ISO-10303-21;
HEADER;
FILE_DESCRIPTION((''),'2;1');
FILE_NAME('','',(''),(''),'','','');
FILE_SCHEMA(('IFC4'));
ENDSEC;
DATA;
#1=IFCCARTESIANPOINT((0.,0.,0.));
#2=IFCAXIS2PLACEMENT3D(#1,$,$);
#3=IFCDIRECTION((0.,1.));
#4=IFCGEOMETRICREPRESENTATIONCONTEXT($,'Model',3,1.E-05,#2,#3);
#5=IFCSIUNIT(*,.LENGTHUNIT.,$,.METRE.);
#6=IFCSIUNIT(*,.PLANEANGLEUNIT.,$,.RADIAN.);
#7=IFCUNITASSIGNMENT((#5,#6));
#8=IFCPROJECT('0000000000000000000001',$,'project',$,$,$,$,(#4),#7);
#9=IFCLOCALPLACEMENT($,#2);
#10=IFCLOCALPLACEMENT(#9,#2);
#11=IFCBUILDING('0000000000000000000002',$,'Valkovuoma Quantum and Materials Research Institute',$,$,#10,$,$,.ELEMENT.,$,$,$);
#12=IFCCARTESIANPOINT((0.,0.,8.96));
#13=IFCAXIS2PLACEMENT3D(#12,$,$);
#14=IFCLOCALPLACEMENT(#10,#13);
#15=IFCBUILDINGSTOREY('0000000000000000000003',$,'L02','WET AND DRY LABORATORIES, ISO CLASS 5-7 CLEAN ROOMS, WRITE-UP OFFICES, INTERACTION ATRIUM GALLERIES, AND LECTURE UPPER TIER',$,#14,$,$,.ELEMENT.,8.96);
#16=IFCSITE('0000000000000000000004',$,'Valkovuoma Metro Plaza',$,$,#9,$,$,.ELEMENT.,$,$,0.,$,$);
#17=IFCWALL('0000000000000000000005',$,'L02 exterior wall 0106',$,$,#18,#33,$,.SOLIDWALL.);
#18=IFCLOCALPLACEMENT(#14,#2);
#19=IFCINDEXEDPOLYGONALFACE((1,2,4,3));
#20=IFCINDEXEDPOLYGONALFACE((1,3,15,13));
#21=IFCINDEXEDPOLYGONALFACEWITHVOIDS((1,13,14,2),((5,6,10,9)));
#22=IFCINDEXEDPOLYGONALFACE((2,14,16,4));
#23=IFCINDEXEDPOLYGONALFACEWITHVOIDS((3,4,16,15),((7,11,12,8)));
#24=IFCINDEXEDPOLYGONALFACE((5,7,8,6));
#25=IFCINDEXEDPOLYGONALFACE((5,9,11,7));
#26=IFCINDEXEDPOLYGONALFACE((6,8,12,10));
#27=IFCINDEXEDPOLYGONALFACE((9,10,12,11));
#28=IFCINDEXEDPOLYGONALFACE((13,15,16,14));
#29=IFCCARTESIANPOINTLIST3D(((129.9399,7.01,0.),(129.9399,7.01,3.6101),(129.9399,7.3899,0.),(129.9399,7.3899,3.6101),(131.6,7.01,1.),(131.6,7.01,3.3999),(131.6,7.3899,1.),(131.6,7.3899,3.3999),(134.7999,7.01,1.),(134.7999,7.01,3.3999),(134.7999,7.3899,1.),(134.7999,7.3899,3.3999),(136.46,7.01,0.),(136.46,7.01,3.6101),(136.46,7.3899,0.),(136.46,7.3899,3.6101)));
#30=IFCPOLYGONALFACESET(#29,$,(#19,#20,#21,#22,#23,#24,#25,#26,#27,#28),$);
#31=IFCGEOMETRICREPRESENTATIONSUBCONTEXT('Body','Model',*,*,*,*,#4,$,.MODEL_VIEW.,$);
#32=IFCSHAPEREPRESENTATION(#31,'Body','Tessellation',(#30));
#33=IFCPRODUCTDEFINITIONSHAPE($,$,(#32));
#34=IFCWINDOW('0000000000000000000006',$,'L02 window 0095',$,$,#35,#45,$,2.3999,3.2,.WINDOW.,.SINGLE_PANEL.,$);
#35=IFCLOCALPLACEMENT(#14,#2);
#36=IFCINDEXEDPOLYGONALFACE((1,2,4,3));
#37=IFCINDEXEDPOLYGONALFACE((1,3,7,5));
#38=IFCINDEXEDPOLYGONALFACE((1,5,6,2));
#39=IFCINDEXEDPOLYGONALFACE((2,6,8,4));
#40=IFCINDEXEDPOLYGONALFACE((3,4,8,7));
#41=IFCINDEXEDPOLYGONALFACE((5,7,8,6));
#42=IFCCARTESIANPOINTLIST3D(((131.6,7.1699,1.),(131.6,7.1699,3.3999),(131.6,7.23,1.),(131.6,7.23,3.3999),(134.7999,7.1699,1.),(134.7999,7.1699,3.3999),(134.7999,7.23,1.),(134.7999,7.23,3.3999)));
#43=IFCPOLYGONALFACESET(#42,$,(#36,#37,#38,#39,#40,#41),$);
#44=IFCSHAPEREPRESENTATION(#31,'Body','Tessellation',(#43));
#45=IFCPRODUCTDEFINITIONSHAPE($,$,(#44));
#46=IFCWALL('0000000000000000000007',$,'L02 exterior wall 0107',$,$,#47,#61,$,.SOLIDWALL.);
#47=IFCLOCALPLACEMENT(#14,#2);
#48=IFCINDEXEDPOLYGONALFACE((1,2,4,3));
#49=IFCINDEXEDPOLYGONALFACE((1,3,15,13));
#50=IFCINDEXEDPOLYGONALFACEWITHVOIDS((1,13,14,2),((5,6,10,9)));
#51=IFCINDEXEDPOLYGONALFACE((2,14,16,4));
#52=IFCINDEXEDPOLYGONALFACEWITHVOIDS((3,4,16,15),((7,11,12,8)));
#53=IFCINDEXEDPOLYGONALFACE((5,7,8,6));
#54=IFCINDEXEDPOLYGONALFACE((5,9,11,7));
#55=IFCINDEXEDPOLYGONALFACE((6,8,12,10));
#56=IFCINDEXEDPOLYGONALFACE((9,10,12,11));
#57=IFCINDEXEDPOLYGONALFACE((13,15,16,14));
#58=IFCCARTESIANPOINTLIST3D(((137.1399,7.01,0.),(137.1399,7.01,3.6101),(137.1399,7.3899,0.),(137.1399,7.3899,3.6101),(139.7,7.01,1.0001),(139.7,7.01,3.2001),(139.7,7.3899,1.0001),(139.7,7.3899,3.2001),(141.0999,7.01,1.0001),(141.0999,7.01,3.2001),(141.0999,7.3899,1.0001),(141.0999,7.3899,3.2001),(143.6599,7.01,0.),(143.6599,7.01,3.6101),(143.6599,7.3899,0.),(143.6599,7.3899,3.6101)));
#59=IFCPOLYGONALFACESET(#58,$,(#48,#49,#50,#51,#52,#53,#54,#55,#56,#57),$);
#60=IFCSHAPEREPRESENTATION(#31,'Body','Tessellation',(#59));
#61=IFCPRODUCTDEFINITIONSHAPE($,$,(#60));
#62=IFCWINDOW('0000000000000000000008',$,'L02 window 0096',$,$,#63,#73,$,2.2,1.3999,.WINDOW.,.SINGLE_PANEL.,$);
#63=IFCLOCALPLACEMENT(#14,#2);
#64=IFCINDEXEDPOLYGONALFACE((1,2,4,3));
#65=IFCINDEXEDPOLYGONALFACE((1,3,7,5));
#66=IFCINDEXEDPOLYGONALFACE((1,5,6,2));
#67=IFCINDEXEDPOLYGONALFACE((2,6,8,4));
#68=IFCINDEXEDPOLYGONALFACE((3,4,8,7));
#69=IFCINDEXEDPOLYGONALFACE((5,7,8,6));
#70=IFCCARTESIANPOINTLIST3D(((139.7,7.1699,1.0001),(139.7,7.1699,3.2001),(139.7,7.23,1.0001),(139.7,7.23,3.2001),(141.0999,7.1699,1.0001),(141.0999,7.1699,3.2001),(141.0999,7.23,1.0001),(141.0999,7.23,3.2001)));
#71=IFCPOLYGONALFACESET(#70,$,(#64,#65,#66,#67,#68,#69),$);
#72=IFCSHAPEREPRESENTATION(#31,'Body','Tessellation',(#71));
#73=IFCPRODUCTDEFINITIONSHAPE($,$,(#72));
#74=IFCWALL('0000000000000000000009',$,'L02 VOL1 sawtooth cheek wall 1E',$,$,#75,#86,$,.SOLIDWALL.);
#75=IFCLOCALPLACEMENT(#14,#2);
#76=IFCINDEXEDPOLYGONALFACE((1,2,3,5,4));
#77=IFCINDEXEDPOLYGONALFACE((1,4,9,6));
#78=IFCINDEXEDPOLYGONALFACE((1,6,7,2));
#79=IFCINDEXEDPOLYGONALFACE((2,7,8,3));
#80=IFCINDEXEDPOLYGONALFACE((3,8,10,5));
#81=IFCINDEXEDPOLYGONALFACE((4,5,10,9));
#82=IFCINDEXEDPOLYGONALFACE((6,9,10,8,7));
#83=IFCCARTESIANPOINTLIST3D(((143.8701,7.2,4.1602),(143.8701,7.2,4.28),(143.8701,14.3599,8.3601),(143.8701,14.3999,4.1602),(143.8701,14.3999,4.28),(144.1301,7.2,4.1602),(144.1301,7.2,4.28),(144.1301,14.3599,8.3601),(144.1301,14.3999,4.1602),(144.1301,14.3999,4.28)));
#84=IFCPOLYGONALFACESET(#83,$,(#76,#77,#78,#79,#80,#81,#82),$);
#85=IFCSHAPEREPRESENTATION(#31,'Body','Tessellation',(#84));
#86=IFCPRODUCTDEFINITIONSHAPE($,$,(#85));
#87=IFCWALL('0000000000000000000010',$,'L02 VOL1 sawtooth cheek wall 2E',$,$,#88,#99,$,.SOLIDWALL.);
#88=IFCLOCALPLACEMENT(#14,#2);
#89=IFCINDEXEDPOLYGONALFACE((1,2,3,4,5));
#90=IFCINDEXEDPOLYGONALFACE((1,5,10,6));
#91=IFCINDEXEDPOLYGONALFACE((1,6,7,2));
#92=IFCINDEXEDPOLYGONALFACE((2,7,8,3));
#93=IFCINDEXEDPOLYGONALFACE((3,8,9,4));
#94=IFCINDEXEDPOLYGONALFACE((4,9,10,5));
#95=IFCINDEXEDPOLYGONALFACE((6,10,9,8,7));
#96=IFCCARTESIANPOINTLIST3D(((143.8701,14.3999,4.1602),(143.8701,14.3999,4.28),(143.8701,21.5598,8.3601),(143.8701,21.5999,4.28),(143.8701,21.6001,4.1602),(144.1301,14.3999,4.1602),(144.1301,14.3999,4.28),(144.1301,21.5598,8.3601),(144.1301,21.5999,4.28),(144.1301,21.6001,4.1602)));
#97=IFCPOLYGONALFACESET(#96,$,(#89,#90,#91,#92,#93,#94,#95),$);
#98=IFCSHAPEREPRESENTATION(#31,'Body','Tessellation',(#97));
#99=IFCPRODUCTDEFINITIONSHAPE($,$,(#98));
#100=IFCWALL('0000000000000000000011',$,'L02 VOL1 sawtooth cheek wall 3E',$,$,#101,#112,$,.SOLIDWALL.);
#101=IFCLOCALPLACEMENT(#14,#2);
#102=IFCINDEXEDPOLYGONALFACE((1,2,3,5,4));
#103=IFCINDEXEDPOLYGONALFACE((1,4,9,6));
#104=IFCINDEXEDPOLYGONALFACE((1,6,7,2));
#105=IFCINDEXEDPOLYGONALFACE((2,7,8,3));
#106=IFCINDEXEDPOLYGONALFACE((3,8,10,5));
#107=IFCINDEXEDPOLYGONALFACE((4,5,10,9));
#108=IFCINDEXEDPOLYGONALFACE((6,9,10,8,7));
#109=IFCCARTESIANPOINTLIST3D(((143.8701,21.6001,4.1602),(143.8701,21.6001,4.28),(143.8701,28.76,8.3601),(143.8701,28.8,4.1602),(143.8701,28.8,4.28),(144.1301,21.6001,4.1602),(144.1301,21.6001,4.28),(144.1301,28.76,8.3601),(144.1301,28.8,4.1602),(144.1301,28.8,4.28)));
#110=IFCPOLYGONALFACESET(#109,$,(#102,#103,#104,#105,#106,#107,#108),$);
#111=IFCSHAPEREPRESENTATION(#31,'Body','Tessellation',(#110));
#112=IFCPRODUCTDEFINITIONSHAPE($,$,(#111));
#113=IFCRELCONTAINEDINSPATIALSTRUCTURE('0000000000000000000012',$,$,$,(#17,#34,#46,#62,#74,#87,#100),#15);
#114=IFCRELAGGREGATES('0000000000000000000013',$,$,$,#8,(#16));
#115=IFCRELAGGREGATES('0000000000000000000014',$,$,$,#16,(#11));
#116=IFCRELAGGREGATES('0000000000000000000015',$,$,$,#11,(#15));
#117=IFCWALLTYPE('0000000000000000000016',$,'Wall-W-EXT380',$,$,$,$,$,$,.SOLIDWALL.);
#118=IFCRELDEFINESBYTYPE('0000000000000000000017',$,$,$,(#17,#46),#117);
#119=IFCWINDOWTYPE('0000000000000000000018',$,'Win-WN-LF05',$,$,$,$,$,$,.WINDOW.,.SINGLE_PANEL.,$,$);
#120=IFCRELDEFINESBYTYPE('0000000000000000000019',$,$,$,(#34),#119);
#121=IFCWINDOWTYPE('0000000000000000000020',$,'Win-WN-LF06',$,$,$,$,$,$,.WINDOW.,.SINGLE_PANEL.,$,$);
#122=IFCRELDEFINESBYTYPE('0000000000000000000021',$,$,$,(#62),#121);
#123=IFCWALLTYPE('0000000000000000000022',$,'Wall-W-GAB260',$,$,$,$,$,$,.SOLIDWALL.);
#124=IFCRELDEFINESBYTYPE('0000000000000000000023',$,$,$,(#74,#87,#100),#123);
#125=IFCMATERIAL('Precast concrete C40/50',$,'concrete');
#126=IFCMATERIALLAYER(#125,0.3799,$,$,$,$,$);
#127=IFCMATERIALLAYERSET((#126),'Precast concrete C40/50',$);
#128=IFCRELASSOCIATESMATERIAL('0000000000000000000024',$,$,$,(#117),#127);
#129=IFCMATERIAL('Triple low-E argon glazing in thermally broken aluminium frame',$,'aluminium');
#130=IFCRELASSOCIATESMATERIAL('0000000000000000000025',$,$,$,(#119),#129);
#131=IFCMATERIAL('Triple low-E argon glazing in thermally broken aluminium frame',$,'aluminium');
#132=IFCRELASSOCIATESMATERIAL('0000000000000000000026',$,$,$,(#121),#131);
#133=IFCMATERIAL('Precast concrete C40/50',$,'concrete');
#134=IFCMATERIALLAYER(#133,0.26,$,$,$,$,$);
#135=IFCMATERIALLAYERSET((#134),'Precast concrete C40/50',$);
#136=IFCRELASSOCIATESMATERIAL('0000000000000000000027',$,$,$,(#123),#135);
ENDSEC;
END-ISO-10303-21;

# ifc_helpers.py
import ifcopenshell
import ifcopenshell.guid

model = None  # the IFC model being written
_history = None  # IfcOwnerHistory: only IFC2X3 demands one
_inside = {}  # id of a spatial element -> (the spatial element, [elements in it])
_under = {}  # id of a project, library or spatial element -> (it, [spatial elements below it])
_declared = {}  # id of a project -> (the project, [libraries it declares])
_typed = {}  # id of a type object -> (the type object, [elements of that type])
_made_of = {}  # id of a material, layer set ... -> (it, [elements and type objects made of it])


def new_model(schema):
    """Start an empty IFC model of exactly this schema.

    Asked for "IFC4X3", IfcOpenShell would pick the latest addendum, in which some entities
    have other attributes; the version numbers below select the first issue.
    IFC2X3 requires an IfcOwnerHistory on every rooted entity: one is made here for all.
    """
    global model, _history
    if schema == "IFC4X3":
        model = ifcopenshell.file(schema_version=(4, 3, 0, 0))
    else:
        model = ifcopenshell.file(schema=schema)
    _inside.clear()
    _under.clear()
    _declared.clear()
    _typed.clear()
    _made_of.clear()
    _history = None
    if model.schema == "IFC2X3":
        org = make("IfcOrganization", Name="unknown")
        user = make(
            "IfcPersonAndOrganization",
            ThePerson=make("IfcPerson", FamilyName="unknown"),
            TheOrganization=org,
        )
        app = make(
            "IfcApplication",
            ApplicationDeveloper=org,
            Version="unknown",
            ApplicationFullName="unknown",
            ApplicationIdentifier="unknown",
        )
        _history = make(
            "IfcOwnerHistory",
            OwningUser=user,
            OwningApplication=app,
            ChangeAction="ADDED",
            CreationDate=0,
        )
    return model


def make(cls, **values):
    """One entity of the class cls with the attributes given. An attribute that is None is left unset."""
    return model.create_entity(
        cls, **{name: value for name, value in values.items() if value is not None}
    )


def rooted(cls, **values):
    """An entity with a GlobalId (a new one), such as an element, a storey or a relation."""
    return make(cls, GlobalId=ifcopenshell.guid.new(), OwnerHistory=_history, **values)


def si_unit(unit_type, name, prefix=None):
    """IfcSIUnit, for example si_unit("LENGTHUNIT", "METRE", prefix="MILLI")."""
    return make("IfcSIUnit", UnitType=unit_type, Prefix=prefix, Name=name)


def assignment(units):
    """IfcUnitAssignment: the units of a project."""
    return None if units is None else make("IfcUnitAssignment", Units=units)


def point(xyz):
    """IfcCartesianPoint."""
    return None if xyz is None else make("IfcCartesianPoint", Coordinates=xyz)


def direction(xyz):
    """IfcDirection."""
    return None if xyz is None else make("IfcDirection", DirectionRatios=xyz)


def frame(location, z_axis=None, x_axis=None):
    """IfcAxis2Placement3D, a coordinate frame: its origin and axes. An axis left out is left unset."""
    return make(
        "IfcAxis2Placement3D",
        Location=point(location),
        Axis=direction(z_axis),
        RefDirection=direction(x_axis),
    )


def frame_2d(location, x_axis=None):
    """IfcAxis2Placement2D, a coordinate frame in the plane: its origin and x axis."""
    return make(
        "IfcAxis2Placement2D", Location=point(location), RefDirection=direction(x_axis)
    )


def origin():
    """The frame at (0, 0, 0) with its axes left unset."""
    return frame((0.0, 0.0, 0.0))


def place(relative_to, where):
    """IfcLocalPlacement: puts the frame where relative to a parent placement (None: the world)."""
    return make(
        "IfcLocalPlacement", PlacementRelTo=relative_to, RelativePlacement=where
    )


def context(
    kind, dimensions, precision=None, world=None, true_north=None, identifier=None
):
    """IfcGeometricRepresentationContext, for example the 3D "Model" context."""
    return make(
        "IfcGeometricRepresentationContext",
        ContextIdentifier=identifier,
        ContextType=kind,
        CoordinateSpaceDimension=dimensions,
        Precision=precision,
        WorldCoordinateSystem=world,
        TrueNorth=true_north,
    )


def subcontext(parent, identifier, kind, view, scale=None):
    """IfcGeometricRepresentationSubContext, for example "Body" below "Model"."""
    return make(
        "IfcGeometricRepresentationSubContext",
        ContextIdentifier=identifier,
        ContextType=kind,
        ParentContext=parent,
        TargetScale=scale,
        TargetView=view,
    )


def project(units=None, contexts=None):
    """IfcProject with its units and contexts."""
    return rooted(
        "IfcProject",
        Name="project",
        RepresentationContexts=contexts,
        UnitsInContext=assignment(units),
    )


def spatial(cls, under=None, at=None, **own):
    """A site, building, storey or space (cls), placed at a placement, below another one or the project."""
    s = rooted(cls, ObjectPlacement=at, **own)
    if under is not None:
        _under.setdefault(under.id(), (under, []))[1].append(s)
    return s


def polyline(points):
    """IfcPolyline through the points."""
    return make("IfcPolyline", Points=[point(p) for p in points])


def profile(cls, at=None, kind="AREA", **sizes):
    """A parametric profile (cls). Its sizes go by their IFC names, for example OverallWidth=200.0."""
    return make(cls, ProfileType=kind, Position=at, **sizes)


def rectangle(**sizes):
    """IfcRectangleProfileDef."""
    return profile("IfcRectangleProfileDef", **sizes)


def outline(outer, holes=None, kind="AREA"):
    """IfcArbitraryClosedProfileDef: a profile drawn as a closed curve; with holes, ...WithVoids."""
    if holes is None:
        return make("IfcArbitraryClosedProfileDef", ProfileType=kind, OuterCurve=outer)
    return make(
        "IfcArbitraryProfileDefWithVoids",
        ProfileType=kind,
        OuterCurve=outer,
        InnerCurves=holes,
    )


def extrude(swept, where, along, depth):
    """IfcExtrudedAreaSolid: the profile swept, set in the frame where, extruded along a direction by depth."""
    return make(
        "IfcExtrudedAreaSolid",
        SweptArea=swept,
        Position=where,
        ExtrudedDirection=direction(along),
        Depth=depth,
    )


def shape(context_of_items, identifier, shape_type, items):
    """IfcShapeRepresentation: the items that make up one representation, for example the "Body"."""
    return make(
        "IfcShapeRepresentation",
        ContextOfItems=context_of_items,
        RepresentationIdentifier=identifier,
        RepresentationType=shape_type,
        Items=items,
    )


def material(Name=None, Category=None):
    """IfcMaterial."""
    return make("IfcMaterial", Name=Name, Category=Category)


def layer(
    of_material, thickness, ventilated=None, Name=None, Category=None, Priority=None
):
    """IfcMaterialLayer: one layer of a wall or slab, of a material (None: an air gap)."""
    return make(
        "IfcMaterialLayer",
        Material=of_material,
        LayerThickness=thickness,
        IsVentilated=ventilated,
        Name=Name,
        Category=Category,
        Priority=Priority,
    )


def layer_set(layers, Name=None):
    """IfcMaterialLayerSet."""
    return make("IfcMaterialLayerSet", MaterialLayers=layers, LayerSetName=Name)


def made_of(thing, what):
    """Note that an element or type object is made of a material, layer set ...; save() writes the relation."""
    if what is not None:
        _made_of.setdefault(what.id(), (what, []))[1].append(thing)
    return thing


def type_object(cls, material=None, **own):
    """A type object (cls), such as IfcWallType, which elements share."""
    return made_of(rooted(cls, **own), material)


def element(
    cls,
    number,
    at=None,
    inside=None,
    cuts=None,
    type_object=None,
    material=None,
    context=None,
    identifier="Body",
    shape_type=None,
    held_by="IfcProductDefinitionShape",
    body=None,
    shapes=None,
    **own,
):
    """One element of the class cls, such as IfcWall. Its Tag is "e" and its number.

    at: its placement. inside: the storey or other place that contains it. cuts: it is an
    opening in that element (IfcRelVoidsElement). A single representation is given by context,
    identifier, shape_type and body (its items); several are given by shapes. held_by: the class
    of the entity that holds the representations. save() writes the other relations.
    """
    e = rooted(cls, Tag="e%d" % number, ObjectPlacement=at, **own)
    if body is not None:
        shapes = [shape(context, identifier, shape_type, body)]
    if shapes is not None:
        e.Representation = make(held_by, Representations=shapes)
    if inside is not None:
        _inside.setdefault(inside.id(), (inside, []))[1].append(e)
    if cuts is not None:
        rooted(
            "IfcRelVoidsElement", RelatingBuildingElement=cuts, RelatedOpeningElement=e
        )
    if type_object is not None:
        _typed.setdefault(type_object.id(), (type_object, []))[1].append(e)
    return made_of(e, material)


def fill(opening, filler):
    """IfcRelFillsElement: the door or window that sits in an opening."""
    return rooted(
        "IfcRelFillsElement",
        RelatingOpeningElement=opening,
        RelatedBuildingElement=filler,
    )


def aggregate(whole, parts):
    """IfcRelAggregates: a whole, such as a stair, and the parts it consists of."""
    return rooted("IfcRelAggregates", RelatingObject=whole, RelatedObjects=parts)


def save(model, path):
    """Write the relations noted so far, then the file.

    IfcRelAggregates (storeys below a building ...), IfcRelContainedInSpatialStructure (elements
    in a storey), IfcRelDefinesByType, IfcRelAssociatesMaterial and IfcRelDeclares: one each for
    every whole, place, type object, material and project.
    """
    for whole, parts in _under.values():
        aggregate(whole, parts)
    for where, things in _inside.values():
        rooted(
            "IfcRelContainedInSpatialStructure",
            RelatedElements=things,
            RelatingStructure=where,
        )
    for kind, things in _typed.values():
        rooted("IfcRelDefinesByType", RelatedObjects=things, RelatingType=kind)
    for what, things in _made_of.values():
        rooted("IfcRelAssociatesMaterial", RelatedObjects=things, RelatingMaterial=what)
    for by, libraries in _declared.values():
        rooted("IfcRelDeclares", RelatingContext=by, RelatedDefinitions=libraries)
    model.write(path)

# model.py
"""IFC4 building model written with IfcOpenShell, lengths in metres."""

from ifc_helpers import new_model, si_unit, direction, frame, frame_2d, origin, place, context, subcontext, project, spatial, polyline, rectangle, outline, extrude, material, layer, layer_set, type_object, element, fill, save


model = new_model("IFC4")

# Units and contexts
model_context = context("Model", 3, precision=1e-05, world=origin(), true_north=direction((0.0, 1.0)))
body_context = subcontext(model_context, "Body", "Model", "MODEL_VIEW")
ifc_project = project(units=[si_unit("LENGTHUNIT", "METRE"), si_unit("PLANEANGLEUNIT", "RADIAN")], contexts=[model_context])

# Site, building, storey
site_placement = place(None, origin())
site = spatial("IfcSite", under=ifc_project, at=site_placement, Name="Valkovuoma Metro Plaza", CompositionType="ELEMENT", RefElevation=0.0)
building_placement = place(site_placement, origin())
building = spatial("IfcBuilding", under=site, at=building_placement, Name="Valkovuoma Quantum and Materials Research Institute", CompositionType="ELEMENT")
storey_placement = place(building_placement, frame((0.0, 0.0, 8.96)))
storey = spatial("IfcBuildingStorey", under=building, at=storey_placement, Name="L02", Description="WET AND DRY LABORATORIES, ISO CLASS 5-7 CLEAN ROOMS, WRITE-UP OFFICES, INTERACTION ATRIUM GALLERIES, AND LECTURE UPPER TIER", CompositionType="ELEMENT", Elevation=8.96)

# Walls, openings, windows
ifc_material_1 = material(Name="Precast concrete C40/50", Category="concrete")
ifc_layer_1 = layer(ifc_material_1, 0.3799)
ifc_layer_set_1 = layer_set([ifc_layer_1], Name="Precast concrete C40/50")
wall_type_1 = type_object("IfcWallType", Name="Wall-W-EXT380", PredefinedType="SOLIDWALL", material=ifc_layer_set_1)
wall_1_placement = place(storey_placement, frame((129.9399, 7.2, 0.0), z_axis=(0.0, 0.0, 1.0), x_axis=(1.0, 0.0, 0.0)))
wall_1 = element("IfcWall", 1, at=wall_1_placement, inside=storey, type_object=wall_type_1, Name="L02 exterior wall 0106", PredefinedType="SOLIDWALL", context=body_context, shape_type="SweptSolid", body=[
    extrude(rectangle(XDim=6.52, YDim=0.3799, at=frame_2d((3.26, 0.0))), origin(), (0.0, 0.0, 1.0), 3.6101),
])
opening_1_placement = place(wall_1_placement, frame((1.6599, 0.0, 1.0)))
opening_1 = element("IfcOpeningElement", 2, at=opening_1_placement, cuts=wall_1, PredefinedType="OPENING", context=body_context, shape_type="SweptSolid", body=[
    extrude(rectangle(XDim=3.2, YDim=2.3999, at=frame_2d((1.6001, 1.2))), frame((0.0, 0.2, 0.0), z_axis=(0.0, -1.0, 0.0), x_axis=(1.0, 0.0, 0.0)), (0.0, 0.0, 1.0), 0.3999),
])
ifc_material_2 = material(Name="Triple low-E argon glazing in thermally broken aluminium frame", Category="aluminium")
window_type_1 = type_object("IfcWindowType", Name="Win-WN-LF05", PartitioningType="SINGLE_PANEL", PredefinedType="WINDOW", material=ifc_material_2)
window_1_placement = place(opening_1_placement, origin())
window_1 = element("IfcWindow", 3, at=window_1_placement, inside=storey, type_object=window_type_1, Name="L02 window 0095", OverallHeight=2.3999, OverallWidth=3.2, PartitioningType="SINGLE_PANEL", PredefinedType="WINDOW", context=body_context, shape_type="SweptSolid", body=[
    extrude(rectangle(XDim=3.2, YDim=2.3999, at=frame_2d((1.6001, 1.2))), frame((0.0, 0.03, 0.0), z_axis=(0.0, -1.0, 0.0), x_axis=(1.0, 0.0, 0.0)), (0.0, 0.0, 1.0), 0.0601),
])
fill(opening_1, window_1)
wall_2_placement = place(storey_placement, frame((137.1399, 7.2, 0.0), z_axis=(0.0, 0.0, 1.0), x_axis=(1.0, 0.0, 0.0)))
wall_2 = element("IfcWall", 4, at=wall_2_placement, inside=storey, type_object=wall_type_1, Name="L02 exterior wall 0107", PredefinedType="SOLIDWALL", context=body_context, shape_type="SweptSolid", body=[
    extrude(rectangle(XDim=6.52, YDim=0.3799, at=frame_2d((3.26, 0.0))), origin(), (0.0, 0.0, 1.0), 3.6101),
])
opening_2_placement = place(wall_2_placement, frame((2.5601, 0.0, 1.0)))
opening_2 = element("IfcOpeningElement", 5, at=opening_2_placement, cuts=wall_2, PredefinedType="OPENING", context=body_context, shape_type="SweptSolid", body=[
    extrude(rectangle(XDim=1.3999, YDim=2.2, at=frame_2d((0.7, 1.1001))), frame((0.0, 0.2, 0.0), z_axis=(0.0, -1.0, 0.0), x_axis=(1.0, 0.0, 0.0)), (0.0, 0.0, 1.0), 0.3999),
])
ifc_material_3 = material(Name="Triple low-E argon glazing in thermally broken aluminium frame", Category="aluminium")
window_type_2 = type_object("IfcWindowType", Name="Win-WN-LF06", PartitioningType="SINGLE_PANEL", PredefinedType="WINDOW", material=ifc_material_3)
window_2_placement = place(opening_2_placement, origin())
window_2 = element("IfcWindow", 6, at=window_2_placement, inside=storey, type_object=window_type_2, Name="L02 window 0096", OverallHeight=2.2, OverallWidth=1.3999, PartitioningType="SINGLE_PANEL", PredefinedType="WINDOW", context=body_context, shape_type="SweptSolid", body=[
    extrude(rectangle(XDim=1.3999, YDim=2.2, at=frame_2d((0.7, 1.1001))), frame((0.0, 0.03, 0.0), z_axis=(0.0, -1.0, 0.0), x_axis=(1.0, 0.0, 0.0)), (0.0, 0.0, 1.0), 0.0601),
])
fill(opening_2, window_2)

# Walls
ifc_material_4 = material(Name="Precast concrete C40/50", Category="concrete")
ifc_layer_2 = layer(ifc_material_4, 0.26)
ifc_layer_set_2 = layer_set([ifc_layer_2], Name="Precast concrete C40/50")
wall_type_2 = type_object("IfcWallType", Name="Wall-W-GAB260", PredefinedType="SOLIDWALL", material=ifc_layer_set_2)
wall_3_placement = place(storey_placement, frame((144.0, 7.2, 4.1602), z_axis=(0.0, 0.0, 1.0), x_axis=(0.0, 1.0, 0.0)))
element("IfcWall", 7, at=wall_3_placement, inside=storey, type_object=wall_type_2, Name="L02 VOL1 sawtooth cheek wall 1E", PredefinedType="SOLIDWALL", context=body_context, shape_type="SweptSolid", body=[
    extrude(outline(polyline([(0.0, 0.0), (7.2, 0.0), (7.2, 0.1199), (7.1599, 4.2), (0.0, 0.1199), (0.0, 0.0)])), frame((0.0, 0.1299, 0.0), z_axis=(0.0, -1.0, 0.0), x_axis=(1.0, 0.0, 0.0)), (0.0, 0.0, 1.0), 0.26),
])
wall_4_placement = place(storey_placement, frame((144.0, 14.3999, 4.1602), z_axis=(0.0, 0.0, 1.0), x_axis=(0.0, 1.0, 0.0)))
element("IfcWall", 8, at=wall_4_placement, inside=storey, type_object=wall_type_2, Name="L02 VOL1 sawtooth cheek wall 2E", PredefinedType="SOLIDWALL", context=body_context, shape_type="SweptSolid", body=[
    extrude(outline(polyline([(0.0, 0.0), (7.2002, 0.0), (7.2, 0.1199), (7.1599, 4.2), (0.0, 0.1199), (0.0, 0.0)])), frame((0.0, 0.1299, 0.0), z_axis=(0.0, -1.0, 0.0), x_axis=(1.0, 0.0, 0.0)), (0.0, 0.0, 1.0), 0.26),
])
wall_5_placement = place(storey_placement, frame((144.0, 21.6001, 4.1602), z_axis=(0.0, 0.0, 1.0), x_axis=(0.0, 1.0, 0.0)))
element("IfcWall", 9, at=wall_5_placement, inside=storey, type_object=wall_type_2, Name="L02 VOL1 sawtooth cheek wall 3E", PredefinedType="SOLIDWALL", context=body_context, shape_type="SweptSolid", body=[
    extrude(outline(polyline([(0.0, 0.0), (7.2, 0.0), (7.2, 0.1199), (7.1599, 4.2), (0.0, 0.1199), (0.0, 0.0)])), frame((0.0, 0.1299, 0.0), z_axis=(0.0, -1.0, 0.0), x_axis=(1.0, 0.0, 0.0)), (0.0, 0.0, 1.0), 0.26),
])

save(model, "model.ifc")
